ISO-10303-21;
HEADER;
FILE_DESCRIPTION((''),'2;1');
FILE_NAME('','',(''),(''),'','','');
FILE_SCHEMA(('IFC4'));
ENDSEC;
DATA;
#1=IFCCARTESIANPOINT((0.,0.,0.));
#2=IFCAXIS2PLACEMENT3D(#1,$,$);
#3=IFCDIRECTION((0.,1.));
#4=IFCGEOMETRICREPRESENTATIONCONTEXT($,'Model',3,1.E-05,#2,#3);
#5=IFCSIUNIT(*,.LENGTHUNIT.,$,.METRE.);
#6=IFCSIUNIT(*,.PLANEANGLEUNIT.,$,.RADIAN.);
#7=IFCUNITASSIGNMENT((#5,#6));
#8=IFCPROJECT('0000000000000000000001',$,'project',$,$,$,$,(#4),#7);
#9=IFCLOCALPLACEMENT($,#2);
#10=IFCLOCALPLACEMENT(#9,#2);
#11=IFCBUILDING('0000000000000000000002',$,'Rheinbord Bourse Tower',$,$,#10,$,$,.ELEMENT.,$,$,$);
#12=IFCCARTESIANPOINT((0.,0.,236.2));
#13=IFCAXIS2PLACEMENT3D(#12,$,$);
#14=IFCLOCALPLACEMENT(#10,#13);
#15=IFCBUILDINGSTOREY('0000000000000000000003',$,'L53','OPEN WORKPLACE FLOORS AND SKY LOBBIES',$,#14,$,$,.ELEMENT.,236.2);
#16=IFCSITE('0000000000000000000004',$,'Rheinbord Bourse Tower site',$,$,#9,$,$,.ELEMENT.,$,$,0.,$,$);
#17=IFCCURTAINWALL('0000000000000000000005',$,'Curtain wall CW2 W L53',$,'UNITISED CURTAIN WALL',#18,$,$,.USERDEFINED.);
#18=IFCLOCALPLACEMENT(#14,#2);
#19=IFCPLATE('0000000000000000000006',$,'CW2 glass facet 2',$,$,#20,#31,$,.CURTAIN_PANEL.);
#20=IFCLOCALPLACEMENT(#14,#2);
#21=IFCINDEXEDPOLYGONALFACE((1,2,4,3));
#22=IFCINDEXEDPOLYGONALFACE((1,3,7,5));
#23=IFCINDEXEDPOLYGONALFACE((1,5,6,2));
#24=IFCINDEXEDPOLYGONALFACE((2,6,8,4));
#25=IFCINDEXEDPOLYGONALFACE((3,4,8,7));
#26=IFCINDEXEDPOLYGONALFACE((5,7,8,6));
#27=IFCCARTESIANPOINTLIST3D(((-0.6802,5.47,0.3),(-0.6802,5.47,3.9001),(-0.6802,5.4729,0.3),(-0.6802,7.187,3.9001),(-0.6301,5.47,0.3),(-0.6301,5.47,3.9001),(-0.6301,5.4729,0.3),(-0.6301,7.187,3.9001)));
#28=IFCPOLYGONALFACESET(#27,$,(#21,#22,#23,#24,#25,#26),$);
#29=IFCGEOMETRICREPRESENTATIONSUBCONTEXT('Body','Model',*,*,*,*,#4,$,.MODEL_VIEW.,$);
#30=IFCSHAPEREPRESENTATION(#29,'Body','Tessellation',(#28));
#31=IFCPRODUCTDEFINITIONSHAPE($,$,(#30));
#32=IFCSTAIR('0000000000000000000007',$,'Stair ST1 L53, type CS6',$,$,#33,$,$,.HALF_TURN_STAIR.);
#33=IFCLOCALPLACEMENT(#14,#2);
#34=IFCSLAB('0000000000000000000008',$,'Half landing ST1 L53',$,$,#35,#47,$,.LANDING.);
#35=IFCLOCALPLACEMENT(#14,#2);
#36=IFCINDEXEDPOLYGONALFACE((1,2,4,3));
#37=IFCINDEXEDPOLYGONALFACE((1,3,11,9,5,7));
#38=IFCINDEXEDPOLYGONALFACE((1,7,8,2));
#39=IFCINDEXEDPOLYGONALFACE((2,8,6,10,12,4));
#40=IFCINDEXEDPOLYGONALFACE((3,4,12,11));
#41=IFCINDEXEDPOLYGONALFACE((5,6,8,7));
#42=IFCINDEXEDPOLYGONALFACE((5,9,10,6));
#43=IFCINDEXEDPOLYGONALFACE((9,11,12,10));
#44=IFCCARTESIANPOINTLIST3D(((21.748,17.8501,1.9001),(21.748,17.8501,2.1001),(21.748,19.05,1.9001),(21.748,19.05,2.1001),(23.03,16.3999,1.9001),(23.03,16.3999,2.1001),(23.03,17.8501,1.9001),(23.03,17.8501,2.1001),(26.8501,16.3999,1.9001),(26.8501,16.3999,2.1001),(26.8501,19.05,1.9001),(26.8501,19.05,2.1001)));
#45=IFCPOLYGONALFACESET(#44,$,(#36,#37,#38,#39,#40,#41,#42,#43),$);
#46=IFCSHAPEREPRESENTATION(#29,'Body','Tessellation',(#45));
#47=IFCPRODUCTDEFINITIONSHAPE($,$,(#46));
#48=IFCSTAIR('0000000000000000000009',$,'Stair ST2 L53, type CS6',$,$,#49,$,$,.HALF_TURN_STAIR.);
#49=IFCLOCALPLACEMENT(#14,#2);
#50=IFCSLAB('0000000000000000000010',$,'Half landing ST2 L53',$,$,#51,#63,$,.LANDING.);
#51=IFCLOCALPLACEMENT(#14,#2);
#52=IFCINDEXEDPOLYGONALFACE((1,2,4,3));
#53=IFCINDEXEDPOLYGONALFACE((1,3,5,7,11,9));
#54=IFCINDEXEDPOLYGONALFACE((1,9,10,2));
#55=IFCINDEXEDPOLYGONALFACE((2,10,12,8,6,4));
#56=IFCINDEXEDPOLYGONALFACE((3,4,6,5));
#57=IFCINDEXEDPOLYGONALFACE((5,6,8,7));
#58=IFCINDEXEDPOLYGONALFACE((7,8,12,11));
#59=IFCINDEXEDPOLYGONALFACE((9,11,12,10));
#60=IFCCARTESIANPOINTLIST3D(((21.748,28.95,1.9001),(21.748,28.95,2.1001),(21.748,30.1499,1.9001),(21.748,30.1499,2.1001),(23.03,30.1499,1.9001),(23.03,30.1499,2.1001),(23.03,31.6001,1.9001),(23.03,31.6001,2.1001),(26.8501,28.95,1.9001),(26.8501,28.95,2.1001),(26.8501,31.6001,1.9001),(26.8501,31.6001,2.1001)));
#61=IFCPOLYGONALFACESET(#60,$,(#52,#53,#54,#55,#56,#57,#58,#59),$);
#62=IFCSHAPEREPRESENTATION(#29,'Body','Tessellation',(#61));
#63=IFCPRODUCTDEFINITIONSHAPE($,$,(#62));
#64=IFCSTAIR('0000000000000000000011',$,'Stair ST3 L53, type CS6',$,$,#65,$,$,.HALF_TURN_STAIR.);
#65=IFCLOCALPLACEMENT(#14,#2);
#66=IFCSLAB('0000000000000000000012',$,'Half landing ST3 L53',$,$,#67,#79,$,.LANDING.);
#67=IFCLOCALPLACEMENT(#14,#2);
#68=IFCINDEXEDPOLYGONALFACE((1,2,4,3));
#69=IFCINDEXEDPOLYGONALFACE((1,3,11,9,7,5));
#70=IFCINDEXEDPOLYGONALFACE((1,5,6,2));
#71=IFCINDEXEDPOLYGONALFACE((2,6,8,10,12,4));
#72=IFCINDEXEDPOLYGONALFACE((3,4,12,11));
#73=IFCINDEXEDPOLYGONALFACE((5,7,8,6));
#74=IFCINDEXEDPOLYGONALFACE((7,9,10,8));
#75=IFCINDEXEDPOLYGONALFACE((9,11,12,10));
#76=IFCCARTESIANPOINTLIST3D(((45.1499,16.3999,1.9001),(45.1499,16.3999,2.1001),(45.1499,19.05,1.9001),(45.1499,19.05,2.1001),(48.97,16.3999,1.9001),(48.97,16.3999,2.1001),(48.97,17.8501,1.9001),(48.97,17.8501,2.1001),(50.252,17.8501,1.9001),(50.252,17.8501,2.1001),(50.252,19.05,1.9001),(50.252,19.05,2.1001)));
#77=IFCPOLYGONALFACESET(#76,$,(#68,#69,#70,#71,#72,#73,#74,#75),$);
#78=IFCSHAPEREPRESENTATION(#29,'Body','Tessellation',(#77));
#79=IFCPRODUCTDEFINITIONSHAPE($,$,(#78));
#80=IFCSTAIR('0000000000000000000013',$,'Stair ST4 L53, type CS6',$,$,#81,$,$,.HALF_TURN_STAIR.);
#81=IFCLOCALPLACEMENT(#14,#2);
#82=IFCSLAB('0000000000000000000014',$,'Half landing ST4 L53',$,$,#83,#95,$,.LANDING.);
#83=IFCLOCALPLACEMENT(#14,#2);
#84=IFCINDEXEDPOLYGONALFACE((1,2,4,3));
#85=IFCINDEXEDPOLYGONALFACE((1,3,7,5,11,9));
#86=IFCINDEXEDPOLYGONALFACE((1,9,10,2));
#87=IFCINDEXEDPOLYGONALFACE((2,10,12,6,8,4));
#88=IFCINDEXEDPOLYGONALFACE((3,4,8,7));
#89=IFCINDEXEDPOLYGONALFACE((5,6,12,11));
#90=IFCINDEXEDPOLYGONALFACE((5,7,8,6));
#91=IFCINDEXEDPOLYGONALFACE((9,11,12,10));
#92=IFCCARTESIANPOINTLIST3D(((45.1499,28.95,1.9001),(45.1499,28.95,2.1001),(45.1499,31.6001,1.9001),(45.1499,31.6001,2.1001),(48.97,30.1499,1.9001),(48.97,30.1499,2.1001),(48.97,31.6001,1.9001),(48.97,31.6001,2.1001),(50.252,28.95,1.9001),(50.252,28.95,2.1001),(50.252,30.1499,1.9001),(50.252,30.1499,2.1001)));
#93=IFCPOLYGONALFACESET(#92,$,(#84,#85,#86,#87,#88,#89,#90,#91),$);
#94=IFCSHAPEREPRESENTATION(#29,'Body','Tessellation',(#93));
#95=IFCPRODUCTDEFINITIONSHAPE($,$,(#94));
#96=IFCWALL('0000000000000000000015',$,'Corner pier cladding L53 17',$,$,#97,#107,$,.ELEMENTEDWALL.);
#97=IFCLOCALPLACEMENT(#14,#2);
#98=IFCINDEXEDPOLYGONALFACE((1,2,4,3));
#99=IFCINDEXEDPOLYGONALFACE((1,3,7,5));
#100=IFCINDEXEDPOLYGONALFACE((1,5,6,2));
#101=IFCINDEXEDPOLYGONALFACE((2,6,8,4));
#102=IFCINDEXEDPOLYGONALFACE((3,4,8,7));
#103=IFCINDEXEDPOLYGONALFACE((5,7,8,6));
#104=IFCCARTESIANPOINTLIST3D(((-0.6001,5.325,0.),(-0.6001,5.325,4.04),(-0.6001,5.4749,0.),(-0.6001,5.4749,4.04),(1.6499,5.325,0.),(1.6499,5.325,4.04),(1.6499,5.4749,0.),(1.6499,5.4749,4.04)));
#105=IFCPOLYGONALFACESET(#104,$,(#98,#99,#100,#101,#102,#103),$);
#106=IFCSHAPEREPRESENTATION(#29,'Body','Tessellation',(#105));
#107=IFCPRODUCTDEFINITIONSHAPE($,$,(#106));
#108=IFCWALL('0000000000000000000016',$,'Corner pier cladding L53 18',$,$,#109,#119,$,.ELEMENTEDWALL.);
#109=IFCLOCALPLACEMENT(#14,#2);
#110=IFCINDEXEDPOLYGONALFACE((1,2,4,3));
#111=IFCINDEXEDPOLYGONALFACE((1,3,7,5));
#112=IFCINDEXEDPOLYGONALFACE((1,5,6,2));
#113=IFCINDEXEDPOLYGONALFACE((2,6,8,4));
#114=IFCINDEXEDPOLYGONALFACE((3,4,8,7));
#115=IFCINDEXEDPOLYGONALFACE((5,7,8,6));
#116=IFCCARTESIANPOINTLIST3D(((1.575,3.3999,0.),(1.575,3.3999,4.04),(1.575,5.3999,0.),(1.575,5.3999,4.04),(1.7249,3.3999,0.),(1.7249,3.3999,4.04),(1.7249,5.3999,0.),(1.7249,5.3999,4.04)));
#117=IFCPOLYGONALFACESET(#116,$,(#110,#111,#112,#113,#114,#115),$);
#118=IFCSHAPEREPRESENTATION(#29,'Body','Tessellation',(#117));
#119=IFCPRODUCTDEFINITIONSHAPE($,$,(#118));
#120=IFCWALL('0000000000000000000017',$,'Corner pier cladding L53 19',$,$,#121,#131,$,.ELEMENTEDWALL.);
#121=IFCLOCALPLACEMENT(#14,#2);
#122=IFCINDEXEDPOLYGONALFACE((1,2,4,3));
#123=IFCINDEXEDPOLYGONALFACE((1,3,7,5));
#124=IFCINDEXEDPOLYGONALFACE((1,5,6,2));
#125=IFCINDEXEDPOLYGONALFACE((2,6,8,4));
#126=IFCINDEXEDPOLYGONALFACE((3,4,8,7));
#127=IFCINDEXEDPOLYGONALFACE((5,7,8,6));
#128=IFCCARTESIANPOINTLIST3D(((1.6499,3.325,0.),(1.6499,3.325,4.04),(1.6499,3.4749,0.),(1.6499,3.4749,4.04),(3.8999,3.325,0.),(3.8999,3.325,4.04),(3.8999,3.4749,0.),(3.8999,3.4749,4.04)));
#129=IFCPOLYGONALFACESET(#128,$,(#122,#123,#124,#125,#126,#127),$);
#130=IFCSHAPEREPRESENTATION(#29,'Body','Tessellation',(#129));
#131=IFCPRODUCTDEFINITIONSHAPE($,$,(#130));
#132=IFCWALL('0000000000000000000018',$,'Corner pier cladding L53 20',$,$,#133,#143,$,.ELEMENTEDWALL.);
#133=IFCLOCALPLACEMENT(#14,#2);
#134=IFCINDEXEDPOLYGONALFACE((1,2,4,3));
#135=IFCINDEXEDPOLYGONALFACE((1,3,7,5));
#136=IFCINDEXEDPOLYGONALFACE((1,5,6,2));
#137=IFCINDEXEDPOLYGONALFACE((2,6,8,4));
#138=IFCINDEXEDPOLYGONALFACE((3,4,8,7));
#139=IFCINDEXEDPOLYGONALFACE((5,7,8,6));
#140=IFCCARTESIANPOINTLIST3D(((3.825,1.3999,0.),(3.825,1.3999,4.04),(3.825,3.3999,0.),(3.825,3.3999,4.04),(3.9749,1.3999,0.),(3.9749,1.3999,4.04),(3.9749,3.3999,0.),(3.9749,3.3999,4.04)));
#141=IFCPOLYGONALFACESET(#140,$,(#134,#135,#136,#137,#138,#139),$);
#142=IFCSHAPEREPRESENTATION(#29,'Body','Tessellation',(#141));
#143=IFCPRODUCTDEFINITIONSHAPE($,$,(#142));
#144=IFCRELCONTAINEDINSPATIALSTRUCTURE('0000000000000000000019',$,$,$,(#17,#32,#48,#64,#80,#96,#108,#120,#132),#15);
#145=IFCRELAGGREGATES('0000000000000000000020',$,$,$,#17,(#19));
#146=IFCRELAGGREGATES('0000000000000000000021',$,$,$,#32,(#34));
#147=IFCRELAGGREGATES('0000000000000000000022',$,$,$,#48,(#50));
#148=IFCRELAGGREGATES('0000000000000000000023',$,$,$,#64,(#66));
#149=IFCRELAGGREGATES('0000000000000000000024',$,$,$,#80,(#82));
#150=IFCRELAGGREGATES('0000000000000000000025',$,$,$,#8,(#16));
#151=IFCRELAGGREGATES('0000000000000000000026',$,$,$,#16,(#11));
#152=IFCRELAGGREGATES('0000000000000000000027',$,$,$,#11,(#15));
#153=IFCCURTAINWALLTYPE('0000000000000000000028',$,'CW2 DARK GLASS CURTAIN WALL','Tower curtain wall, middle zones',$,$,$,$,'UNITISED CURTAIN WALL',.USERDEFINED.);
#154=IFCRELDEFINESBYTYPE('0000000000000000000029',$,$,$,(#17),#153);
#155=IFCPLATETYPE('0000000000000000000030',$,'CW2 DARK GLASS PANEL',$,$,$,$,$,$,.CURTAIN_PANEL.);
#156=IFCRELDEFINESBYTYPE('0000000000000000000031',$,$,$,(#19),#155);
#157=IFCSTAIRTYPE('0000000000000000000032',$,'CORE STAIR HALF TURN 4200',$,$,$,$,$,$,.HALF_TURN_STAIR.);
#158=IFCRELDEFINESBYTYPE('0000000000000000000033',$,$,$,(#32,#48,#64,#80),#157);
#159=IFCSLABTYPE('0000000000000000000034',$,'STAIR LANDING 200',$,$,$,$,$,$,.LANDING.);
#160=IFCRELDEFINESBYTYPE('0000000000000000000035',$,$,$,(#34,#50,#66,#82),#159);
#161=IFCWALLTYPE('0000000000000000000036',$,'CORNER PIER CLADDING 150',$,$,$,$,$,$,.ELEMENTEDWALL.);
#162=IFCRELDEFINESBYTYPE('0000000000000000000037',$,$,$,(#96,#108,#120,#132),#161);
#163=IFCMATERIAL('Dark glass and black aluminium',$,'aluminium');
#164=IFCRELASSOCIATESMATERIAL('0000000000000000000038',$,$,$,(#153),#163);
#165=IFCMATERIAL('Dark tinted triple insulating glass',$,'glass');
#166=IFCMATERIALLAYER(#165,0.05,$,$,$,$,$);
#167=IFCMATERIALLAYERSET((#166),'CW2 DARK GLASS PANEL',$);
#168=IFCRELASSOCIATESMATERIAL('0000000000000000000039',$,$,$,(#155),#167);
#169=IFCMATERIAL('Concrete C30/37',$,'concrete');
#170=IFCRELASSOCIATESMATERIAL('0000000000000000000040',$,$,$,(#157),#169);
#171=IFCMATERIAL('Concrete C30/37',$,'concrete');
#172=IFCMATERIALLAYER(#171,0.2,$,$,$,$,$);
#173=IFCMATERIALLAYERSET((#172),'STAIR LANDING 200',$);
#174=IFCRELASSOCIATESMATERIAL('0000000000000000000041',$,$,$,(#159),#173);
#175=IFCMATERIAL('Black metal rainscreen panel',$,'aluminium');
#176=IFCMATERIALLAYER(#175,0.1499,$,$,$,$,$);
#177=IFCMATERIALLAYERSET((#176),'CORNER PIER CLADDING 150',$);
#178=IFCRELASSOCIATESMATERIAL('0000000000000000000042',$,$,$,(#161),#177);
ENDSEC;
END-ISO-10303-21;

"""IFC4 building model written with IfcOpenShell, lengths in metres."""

from ifc_helpers import new_model, si_unit, direction, frame, frame_2d, origin, place, context, subcontext, project, spatial, polyline, rectangle, outline, extrude, material, layer, layer_set, type_object, element, aggregate, save


model = new_model("IFC4")

# Units and contexts
model_context = context("Model", 3, precision=1e-05, world=origin(), true_north=direction((0.0, 1.0)))
body_context = subcontext(model_context, "Body", "Model", "MODEL_VIEW")
ifc_project = project(units=[si_unit("LENGTHUNIT", "METRE"), si_unit("PLANEANGLEUNIT", "RADIAN")], contexts=[model_context])

# Site, building, storey
site_placement = place(None, origin())
site = spatial("IfcSite", under=ifc_project, at=site_placement, Name="Rheinbord Bourse Tower site", CompositionType="ELEMENT", RefElevation=0.0)
building_placement = place(site_placement, origin())
building = spatial("IfcBuilding", under=site, at=building_placement, Name="Rheinbord Bourse Tower", CompositionType="ELEMENT")
storey_placement = place(building_placement, frame((0.0, 0.0, 236.2)))
storey = spatial("IfcBuildingStorey", under=building, at=storey_placement, Name="L53", Description="OPEN WORKPLACE FLOORS AND SKY LOBBIES", CompositionType="ELEMENT", Elevation=236.2)

# Shared definitions
ifc_material_1 = material(Name="Dark glass and black aluminium", Category="aluminium")
curtain_wall_type = type_object("IfcCurtainWallType", Name="CW2 DARK GLASS CURTAIN WALL", Description="Tower curtain wall, middle zones", ElementType="UNITISED CURTAIN WALL", PredefinedType="USERDEFINED", material=ifc_material_1)

# Curtain wall
curtain_wall_1_placement = place(storey_placement, origin())
curtain_wall_1 = element("IfcCurtainWall", 1, at=curtain_wall_1_placement, inside=storey, type_object=curtain_wall_type, Name="Curtain wall CW2 W L53", ObjectType="UNITISED CURTAIN WALL", PredefinedType="USERDEFINED")

# Plate
ifc_material_2 = material(Name="Dark tinted triple insulating glass", Category="glass")
ifc_layer_1 = layer(ifc_material_2, 0.05)
ifc_layer_set_1 = layer_set([ifc_layer_1], Name="CW2 DARK GLASS PANEL")
plate_type = type_object("IfcPlateType", Name="CW2 DARK GLASS PANEL", PredefinedType="CURTAIN_PANEL", material=ifc_layer_set_1)
plate_1_placement = place(storey_placement, frame((-0.6802, 5.47, 3.9001), z_axis=(1.0, 0.0, 0.0), x_axis=(0.0, 0.0, -1.0)))
plate_1 = element("IfcPlate", 2, at=plate_1_placement, type_object=plate_type, Name="CW2 glass facet 2", PredefinedType="CURTAIN_PANEL", context=body_context, shape_type="SweptSolid", body=[
    extrude(outline(polyline([(0.0, 0.0), (3.6001, 0.0), (3.6001, 0.0029), (0.0, 1.717), (0.0, 0.0)])), origin(), (0.0, 0.0, 1.0), 0.05),
])
aggregate(curtain_wall_1, [plate_1])

# Stairs, slabs
ifc_material_3 = material(Name="Concrete C30/37", Category="concrete")
stair_type = type_object("IfcStairType", Name="CORE STAIR HALF TURN 4200", PredefinedType="HALF_TURN_STAIR", material=ifc_material_3)
stair_1_placement = place(storey_placement, origin())
stair_1 = element("IfcStair", 3, at=stair_1_placement, inside=storey, type_object=stair_type, Name="Stair ST1 L53, type CS6", PredefinedType="HALF_TURN_STAIR")
ifc_material_4 = material(Name="Concrete C30/37", Category="concrete")
ifc_layer_2 = layer(ifc_material_4, 0.2)
ifc_layer_set_2 = layer_set([ifc_layer_2], Name="STAIR LANDING 200")
slab_type_1 = type_object("IfcSlabType", Name="STAIR LANDING 200", PredefinedType="LANDING", material=ifc_layer_set_2)
slab_1_placement = place(storey_placement, frame((0.0, 0.0, 1.9001)))
slab_1 = element("IfcSlab", 4, at=slab_1_placement, type_object=slab_type_1, Name="Half landing ST1 L53", PredefinedType="LANDING", context=body_context, shape_type="SweptSolid", body=[
    extrude(outline(polyline([(23.03, 16.3999), (26.8501, 16.3999), (26.8501, 19.05), (21.748, 19.05), (21.748, 17.8501), (23.03, 17.8501), (23.03, 16.3999)])), origin(), (0.0, 0.0, 1.0), 0.2),
])
aggregate(stair_1, [slab_1])
stair_2_placement = place(storey_placement, origin())
stair_2 = element("IfcStair", 5, at=stair_2_placement, inside=storey, type_object=stair_type, Name="Stair ST2 L53, type CS6", PredefinedType="HALF_TURN_STAIR")
slab_2_placement = place(storey_placement, frame((0.0, 0.0, 1.9001)))
slab_2 = element("IfcSlab", 6, at=slab_2_placement, type_object=slab_type_1, Name="Half landing ST2 L53", PredefinedType="LANDING", context=body_context, shape_type="SweptSolid", body=[
    extrude(outline(polyline([(21.748, 28.95), (26.8501, 28.95), (26.8501, 31.6001), (23.03, 31.6001), (23.03, 30.1499), (21.748, 30.1499), (21.748, 28.95)])), origin(), (0.0, 0.0, 1.0), 0.2),
])
aggregate(stair_2, [slab_2])
stair_3_placement = place(storey_placement, origin())
stair_3 = element("IfcStair", 7, at=stair_3_placement, inside=storey, type_object=stair_type, Name="Stair ST3 L53, type CS6", PredefinedType="HALF_TURN_STAIR")
slab_3_placement = place(storey_placement, frame((0.0, 0.0, 1.9001)))
slab_3 = element("IfcSlab", 8, at=slab_3_placement, type_object=slab_type_1, Name="Half landing ST3 L53", PredefinedType="LANDING", context=body_context, shape_type="SweptSolid", body=[
    extrude(outline(polyline([(45.1499, 16.3999), (48.97, 16.3999), (48.97, 17.8501), (50.252, 17.8501), (50.252, 19.05), (45.1499, 19.05), (45.1499, 16.3999)])), origin(), (0.0, 0.0, 1.0), 0.2),
])
aggregate(stair_3, [slab_3])
stair_4_placement = place(storey_placement, origin())
stair_4 = element("IfcStair", 9, at=stair_4_placement, inside=storey, type_object=stair_type, Name="Stair ST4 L53, type CS6", PredefinedType="HALF_TURN_STAIR")
slab_4_placement = place(storey_placement, frame((0.0, 0.0, 1.9001)))
slab_4 = element("IfcSlab", 10, at=slab_4_placement, type_object=slab_type_1, Name="Half landing ST4 L53", PredefinedType="LANDING", context=body_context, shape_type="SweptSolid", body=[
    extrude(outline(polyline([(45.1499, 28.95), (50.252, 28.95), (50.252, 30.1499), (48.97, 30.1499), (48.97, 31.6001), (45.1499, 31.6001), (45.1499, 28.95)])), origin(), (0.0, 0.0, 1.0), 0.2),
])
aggregate(stair_4, [slab_4])

# Walls
ifc_material_5 = material(Name="Black metal rainscreen panel", Category="aluminium")
ifc_layer_3 = layer(ifc_material_5, 0.1499)
ifc_layer_set_3 = layer_set([ifc_layer_3], Name="CORNER PIER CLADDING 150")
wall_type = type_object("IfcWallType", Name="CORNER PIER CLADDING 150", PredefinedType="ELEMENTEDWALL", material=ifc_layer_set_3)
wall_1_placement = place(storey_placement, frame((-0.6001, 5.3999, 0.0), z_axis=(0.0, 0.0, 1.0), x_axis=(1.0, 0.0, 0.0)))
element("IfcWall", 11, at=wall_1_placement, inside=storey, type_object=wall_type, Name="Corner pier cladding L53 17", PredefinedType="ELEMENTEDWALL", context=body_context, shape_type="SweptSolid", body=[
    extrude(rectangle(XDim=2.25, YDim=0.1499, at=frame_2d((1.125, 0.0))), origin(), (0.0, 0.0, 1.0), 4.04),
])
wall_2_placement = place(storey_placement, frame((1.6499, 5.3999, 0.0), z_axis=(0.0, 0.0, 1.0), x_axis=(0.0, -1.0, 0.0)))
element("IfcWall", 12, at=wall_2_placement, inside=storey, type_object=wall_type, Name="Corner pier cladding L53 18", PredefinedType="ELEMENTEDWALL", context=body_context, shape_type="SweptSolid", body=[
    extrude(rectangle(XDim=2.0, YDim=0.1499, at=frame_2d((1.0, 0.0))), origin(), (0.0, 0.0, 1.0), 4.04),
])
wall_3_placement = place(storey_placement, frame((1.6499, 3.3999, 0.0), z_axis=(0.0, 0.0, 1.0), x_axis=(1.0, 0.0, 0.0)))
element("IfcWall", 13, at=wall_3_placement, inside=storey, type_object=wall_type, Name="Corner pier cladding L53 19", PredefinedType="ELEMENTEDWALL", context=body_context, shape_type="SweptSolid", body=[
    extrude(rectangle(XDim=2.25, YDim=0.1499, at=frame_2d((1.125, 0.0))), origin(), (0.0, 0.0, 1.0), 4.04),
])
wall_4_placement = place(storey_placement, frame((3.8999, 3.3999, 0.0), z_axis=(0.0, 0.0, 1.0), x_axis=(0.0, -1.0, 0.0)))
element("IfcWall", 14, at=wall_4_placement, inside=storey, type_object=wall_type, Name="Corner pier cladding L53 20", PredefinedType="ELEMENTEDWALL", context=body_context, shape_type="SweptSolid", body=[
    extrude(rectangle(XDim=2.0, YDim=0.1499, at=frame_2d((1.0, 0.0))), origin(), (0.0, 0.0, 1.0), 4.04),
])

save(model, "model.ifc")
